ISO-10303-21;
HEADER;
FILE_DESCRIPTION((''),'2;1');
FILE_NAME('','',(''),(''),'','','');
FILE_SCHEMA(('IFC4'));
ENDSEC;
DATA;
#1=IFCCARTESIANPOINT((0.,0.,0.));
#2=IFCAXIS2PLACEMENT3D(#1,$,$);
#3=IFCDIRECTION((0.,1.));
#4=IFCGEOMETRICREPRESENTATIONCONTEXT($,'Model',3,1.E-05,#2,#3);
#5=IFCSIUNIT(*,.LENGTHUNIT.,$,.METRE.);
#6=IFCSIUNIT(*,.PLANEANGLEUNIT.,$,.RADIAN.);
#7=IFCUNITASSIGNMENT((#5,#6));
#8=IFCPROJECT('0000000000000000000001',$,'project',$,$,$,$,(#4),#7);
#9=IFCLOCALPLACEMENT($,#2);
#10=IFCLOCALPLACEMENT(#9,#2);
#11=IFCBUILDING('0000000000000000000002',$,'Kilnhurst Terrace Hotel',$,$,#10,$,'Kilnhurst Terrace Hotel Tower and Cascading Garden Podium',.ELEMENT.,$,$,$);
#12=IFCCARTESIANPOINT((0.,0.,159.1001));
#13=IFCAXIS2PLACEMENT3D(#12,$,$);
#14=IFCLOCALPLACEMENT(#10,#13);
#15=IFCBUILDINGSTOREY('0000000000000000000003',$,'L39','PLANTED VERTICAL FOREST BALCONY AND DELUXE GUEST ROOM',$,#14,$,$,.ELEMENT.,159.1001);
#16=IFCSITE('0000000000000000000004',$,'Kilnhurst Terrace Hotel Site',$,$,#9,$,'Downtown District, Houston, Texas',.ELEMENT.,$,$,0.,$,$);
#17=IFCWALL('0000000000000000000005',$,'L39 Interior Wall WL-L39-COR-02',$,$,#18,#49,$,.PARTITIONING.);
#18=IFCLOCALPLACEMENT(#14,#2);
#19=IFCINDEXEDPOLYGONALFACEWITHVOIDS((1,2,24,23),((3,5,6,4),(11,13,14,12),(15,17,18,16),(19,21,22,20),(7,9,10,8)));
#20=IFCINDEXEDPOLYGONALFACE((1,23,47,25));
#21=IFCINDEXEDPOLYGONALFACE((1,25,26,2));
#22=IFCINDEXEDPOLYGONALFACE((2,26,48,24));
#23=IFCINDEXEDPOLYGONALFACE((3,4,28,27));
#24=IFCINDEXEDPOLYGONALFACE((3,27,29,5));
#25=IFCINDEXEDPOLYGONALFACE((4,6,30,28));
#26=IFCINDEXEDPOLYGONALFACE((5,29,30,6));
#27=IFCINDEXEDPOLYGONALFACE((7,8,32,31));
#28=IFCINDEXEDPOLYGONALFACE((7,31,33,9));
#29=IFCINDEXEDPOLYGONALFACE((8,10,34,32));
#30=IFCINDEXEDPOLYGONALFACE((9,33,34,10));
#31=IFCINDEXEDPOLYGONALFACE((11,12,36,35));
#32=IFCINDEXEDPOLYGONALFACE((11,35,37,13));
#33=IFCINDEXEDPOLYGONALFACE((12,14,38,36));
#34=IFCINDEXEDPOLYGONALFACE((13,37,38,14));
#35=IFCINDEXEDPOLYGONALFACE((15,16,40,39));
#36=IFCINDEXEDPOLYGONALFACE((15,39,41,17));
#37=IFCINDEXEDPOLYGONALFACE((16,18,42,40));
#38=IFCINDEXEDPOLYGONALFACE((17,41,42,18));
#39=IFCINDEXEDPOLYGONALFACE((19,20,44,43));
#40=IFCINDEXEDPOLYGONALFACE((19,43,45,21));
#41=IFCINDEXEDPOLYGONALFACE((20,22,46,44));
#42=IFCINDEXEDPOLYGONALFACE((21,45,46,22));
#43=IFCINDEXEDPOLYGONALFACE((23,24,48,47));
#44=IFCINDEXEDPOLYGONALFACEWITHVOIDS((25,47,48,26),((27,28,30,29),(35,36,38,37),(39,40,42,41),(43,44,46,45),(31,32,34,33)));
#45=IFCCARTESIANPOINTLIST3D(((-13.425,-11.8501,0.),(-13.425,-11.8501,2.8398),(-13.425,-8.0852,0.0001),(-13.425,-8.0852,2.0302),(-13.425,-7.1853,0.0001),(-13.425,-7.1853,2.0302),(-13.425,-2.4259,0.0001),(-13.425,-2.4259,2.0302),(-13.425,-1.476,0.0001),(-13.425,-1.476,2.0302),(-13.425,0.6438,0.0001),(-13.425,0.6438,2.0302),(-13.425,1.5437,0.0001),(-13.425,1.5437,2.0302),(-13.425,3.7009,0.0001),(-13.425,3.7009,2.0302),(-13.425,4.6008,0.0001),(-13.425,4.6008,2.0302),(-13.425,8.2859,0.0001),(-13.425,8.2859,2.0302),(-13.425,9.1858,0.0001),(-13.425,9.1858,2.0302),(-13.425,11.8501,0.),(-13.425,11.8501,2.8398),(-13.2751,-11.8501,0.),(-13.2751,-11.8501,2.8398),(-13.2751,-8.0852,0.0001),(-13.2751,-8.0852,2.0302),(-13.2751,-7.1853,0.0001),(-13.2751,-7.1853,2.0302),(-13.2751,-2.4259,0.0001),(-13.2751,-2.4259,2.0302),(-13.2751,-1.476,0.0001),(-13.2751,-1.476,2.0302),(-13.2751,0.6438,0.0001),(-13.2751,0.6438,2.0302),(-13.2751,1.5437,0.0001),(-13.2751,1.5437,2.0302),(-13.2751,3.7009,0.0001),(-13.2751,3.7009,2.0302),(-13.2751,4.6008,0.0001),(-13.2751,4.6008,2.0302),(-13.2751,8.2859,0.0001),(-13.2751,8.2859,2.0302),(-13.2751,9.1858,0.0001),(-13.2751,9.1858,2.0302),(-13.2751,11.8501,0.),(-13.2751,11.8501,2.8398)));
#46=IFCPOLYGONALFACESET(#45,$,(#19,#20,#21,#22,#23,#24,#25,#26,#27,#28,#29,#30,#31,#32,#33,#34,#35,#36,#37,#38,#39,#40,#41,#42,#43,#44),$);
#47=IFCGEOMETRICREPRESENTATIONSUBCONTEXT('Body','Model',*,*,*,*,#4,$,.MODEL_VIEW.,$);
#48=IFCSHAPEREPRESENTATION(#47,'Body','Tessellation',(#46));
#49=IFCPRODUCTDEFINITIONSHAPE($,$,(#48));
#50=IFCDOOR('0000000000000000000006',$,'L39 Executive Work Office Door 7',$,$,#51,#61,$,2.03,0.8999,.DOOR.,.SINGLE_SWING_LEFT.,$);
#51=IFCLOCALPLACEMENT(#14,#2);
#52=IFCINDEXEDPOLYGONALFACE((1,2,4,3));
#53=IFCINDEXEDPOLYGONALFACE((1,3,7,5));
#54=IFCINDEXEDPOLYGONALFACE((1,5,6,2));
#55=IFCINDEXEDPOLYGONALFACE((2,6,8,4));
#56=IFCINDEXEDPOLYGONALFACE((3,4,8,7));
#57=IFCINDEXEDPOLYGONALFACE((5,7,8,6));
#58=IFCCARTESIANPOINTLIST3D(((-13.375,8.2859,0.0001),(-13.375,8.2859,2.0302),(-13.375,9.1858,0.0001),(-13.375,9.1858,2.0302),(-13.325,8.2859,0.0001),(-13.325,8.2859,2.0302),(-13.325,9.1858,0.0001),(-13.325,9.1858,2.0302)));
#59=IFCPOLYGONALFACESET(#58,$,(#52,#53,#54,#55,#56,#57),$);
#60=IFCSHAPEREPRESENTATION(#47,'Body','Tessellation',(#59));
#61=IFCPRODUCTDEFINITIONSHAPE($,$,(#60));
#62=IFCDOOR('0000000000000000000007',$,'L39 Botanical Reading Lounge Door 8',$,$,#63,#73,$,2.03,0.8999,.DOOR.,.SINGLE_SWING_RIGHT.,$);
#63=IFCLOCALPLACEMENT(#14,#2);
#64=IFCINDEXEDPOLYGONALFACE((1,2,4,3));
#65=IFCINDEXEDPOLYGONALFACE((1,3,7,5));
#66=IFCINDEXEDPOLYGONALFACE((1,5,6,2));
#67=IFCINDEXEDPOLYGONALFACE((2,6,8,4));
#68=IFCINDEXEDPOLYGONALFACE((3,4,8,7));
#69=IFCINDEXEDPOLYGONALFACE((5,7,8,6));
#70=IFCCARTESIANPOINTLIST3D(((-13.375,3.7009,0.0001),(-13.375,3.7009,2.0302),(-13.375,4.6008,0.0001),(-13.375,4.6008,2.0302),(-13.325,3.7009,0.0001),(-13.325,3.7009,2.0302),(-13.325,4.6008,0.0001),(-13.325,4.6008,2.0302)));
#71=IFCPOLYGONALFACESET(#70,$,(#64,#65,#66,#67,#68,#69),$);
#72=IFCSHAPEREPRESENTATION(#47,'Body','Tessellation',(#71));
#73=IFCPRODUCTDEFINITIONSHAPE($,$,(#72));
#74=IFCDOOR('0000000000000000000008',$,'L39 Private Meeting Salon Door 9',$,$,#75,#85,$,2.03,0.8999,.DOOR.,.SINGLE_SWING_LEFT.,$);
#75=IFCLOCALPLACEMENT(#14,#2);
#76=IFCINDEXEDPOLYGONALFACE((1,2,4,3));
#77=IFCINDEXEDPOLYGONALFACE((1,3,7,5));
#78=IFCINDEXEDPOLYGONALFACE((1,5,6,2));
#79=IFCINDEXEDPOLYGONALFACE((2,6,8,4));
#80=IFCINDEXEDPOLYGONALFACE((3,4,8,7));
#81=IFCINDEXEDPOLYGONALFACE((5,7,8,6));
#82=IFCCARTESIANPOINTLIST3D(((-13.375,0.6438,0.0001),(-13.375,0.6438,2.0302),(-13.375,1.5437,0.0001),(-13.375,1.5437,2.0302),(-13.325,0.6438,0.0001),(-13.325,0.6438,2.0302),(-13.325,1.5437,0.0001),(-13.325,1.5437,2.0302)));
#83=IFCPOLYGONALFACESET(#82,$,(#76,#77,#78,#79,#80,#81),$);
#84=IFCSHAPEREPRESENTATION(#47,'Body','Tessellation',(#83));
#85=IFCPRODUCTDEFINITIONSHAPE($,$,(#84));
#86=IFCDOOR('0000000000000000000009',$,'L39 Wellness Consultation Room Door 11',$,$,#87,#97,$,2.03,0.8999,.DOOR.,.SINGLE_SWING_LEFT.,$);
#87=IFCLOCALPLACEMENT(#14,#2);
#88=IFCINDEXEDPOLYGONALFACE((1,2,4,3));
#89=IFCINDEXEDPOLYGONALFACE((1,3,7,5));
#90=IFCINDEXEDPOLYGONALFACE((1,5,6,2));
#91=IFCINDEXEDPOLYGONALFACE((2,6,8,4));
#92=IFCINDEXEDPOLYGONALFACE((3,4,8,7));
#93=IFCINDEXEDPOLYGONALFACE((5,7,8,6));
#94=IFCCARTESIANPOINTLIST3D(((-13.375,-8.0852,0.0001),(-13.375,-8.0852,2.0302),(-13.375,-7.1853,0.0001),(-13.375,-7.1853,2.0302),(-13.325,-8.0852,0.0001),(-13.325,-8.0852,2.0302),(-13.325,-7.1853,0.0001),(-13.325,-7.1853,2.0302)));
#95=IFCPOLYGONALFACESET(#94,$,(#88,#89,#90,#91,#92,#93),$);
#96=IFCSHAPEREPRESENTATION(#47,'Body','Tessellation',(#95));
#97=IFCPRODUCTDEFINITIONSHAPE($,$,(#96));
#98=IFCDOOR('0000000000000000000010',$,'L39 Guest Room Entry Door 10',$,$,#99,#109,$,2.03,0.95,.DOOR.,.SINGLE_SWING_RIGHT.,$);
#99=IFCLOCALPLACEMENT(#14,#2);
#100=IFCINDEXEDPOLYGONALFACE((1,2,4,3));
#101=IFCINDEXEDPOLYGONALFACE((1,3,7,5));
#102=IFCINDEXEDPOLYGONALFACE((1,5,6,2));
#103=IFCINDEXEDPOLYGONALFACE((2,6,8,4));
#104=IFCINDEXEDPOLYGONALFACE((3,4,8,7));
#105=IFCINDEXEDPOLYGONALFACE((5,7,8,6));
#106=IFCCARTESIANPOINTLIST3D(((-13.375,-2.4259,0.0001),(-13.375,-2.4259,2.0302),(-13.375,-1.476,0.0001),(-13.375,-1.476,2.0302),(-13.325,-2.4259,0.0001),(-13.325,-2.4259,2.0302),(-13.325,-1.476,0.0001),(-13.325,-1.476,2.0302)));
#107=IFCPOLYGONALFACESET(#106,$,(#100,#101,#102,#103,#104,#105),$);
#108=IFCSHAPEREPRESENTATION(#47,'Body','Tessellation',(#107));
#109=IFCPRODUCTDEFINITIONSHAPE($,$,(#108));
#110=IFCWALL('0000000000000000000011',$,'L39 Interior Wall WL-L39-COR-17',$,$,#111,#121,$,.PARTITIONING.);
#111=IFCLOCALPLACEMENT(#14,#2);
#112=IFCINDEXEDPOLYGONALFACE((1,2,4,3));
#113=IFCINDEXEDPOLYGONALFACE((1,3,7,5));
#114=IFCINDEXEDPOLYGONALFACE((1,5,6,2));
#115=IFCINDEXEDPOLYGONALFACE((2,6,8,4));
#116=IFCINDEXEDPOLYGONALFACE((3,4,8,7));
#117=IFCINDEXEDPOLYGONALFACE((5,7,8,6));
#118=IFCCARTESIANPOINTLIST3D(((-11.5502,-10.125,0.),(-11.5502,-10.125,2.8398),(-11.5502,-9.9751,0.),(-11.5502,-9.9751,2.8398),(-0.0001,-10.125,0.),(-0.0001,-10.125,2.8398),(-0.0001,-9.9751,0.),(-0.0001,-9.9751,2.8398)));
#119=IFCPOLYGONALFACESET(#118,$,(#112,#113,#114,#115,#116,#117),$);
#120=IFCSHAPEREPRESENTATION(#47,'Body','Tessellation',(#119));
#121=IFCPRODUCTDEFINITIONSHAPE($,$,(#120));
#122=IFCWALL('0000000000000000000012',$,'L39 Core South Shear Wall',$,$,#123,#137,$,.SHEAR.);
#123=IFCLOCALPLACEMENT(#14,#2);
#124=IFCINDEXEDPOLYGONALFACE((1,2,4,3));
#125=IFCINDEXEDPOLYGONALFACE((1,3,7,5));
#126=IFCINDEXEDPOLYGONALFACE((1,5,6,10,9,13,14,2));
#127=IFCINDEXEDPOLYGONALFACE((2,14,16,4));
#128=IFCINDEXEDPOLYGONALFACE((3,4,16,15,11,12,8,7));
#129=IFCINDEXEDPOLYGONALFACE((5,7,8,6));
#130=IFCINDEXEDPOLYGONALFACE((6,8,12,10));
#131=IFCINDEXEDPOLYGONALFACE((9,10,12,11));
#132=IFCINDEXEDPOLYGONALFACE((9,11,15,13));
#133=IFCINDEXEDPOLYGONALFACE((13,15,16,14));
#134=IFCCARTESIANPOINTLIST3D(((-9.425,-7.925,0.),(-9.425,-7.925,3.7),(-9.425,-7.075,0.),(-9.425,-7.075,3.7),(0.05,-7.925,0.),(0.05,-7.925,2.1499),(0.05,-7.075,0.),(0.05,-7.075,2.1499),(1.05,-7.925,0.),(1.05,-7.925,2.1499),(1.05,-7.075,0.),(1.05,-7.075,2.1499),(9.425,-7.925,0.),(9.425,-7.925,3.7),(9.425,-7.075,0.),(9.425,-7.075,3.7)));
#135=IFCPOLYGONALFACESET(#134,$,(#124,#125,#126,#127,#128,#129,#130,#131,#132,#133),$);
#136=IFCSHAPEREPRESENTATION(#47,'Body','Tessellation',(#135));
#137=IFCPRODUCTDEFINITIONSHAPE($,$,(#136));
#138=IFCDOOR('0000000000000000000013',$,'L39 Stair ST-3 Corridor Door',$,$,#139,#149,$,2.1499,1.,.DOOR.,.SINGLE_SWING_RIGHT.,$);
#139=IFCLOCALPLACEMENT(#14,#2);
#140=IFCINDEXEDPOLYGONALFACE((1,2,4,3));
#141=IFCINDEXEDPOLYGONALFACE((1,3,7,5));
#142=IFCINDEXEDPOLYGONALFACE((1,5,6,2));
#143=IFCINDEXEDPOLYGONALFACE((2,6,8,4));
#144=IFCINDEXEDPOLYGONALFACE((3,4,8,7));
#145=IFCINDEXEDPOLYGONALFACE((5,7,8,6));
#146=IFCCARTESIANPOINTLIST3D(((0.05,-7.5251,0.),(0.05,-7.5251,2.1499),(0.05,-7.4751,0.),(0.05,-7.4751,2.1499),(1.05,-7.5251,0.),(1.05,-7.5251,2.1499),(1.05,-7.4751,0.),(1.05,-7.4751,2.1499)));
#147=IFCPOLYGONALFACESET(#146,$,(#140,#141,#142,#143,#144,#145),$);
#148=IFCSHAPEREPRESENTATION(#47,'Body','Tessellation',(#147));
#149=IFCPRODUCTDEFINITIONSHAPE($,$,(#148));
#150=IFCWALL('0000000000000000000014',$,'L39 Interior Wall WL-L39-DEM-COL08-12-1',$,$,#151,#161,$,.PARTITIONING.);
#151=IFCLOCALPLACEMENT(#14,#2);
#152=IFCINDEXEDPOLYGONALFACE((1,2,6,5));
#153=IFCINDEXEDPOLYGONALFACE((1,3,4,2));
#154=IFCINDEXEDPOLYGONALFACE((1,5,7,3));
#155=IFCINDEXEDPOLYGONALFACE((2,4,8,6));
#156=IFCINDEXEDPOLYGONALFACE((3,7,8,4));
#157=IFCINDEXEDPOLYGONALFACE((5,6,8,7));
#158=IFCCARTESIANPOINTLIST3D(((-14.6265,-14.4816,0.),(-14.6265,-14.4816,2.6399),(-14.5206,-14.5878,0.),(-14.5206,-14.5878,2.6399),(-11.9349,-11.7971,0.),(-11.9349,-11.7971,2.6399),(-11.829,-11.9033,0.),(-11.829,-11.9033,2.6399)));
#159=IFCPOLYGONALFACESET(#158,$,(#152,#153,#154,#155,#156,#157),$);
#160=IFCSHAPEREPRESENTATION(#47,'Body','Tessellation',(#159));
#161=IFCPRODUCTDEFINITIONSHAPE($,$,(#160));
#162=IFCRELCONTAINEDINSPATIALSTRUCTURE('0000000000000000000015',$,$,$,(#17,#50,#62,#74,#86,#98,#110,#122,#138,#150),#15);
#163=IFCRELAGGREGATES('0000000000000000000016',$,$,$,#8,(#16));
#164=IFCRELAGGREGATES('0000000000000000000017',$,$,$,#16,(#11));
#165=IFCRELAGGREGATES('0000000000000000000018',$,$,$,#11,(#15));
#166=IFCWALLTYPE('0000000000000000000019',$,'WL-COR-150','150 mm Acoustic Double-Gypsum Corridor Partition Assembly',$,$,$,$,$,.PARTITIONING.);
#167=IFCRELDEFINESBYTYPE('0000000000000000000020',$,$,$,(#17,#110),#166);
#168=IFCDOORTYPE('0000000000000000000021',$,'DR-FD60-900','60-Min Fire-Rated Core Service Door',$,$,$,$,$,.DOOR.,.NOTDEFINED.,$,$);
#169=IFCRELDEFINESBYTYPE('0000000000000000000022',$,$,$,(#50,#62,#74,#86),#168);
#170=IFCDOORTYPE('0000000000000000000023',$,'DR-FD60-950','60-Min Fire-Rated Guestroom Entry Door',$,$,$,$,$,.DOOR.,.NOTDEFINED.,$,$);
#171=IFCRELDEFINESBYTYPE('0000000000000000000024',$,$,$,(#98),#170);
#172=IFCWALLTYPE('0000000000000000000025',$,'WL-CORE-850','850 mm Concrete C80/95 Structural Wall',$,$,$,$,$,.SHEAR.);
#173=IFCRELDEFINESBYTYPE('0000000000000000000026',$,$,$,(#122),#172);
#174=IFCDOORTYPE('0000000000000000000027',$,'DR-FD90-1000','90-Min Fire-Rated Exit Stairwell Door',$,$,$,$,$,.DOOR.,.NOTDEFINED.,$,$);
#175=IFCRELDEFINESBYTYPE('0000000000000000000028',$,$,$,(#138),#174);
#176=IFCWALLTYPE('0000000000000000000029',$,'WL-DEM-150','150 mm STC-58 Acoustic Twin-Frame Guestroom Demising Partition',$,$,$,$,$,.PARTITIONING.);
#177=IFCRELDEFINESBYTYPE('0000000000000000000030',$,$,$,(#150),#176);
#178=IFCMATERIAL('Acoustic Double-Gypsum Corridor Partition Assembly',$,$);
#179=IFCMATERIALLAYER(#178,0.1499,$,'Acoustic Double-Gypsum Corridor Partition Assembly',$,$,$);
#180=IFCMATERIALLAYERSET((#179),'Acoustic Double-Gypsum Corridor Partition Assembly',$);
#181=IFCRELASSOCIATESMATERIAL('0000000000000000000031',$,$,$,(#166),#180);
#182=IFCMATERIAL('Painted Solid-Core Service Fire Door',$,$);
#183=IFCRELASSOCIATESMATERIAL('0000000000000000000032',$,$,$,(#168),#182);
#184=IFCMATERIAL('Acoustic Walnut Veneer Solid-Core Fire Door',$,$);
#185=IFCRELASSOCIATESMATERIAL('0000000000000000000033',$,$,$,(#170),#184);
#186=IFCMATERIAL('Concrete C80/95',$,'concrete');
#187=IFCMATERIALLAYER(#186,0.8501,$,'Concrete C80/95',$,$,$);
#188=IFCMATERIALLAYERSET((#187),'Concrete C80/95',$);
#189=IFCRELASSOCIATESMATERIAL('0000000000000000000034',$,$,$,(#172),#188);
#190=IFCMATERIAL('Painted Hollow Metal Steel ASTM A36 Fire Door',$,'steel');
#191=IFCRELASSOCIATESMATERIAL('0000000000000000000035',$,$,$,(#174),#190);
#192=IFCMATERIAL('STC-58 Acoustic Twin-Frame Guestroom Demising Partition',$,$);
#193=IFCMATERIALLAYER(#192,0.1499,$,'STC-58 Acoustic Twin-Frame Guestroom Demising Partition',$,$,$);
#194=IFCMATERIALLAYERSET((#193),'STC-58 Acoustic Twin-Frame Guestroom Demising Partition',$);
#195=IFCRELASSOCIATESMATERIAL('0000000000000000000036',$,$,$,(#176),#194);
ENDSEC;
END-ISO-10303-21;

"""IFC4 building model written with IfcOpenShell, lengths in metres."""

from ifc_helpers import new_model, si_unit, direction, frame, frame_2d, origin, place, context, subcontext, project, spatial, rectangle, extrude, material, layer, layer_set, type_object, element, fill, save


model = new_model("IFC4")

# Units and contexts
model_context = context("Model", 3, precision=1e-05, world=origin(), true_north=direction((0.0, 1.0)))
body_context = subcontext(model_context, "Body", "Model", "MODEL_VIEW")
ifc_project = project(units=[si_unit("LENGTHUNIT", "METRE"), si_unit("PLANEANGLEUNIT", "RADIAN")], contexts=[model_context])

# Site, building, storey
site_placement = place(None, origin())
site = spatial("IfcSite", under=ifc_project, at=site_placement, Name="Kilnhurst Terrace Hotel Site", LongName="Downtown District, Houston, Texas", CompositionType="ELEMENT", RefElevation=0.0)
building_placement = place(site_placement, origin())
building = spatial("IfcBuilding", under=site, at=building_placement, Name="Kilnhurst Terrace Hotel", LongName="Kilnhurst Terrace Hotel Tower and Cascading Garden Podium", CompositionType="ELEMENT")
storey_placement = place(building_placement, frame((0.0, 0.0, 159.1001)))
storey = spatial("IfcBuildingStorey", under=building, at=storey_placement, Name="L39", Description="PLANTED VERTICAL FOREST BALCONY AND DELUXE GUEST ROOM", CompositionType="ELEMENT", Elevation=159.1001)

# Shared definitions
ifc_material_1 = material(Name="Concrete C80/95", Category="concrete")

# Wall, openings, doors
ifc_material_2 = material(Name="Acoustic Double-Gypsum Corridor Partition Assembly")
ifc_layer_1 = layer(ifc_material_2, 0.1499, Name="Acoustic Double-Gypsum Corridor Partition Assembly")
ifc_layer_set_1 = layer_set([ifc_layer_1], Name="Acoustic Double-Gypsum Corridor Partition Assembly")
wall_type_1 = type_object("IfcWallType", Name="WL-COR-150", Description="150 mm Acoustic Double-Gypsum Corridor Partition Assembly", PredefinedType="PARTITIONING", material=ifc_layer_set_1)
wall_1_placement = place(storey_placement, frame((-13.3501, -11.8501, 0.0), z_axis=(0.0, 0.0, 1.0), x_axis=(0.0, 1.0, 0.0)))
wall_1 = element("IfcWall", 1, at=wall_1_placement, inside=storey, type_object=wall_type_1, Name="L39 Interior Wall WL-L39-COR-02", PredefinedType="PARTITIONING", context=body_context, shape_type="SweptSolid", body=[
    extrude(rectangle(XDim=23.7002, YDim=0.1499, at=frame_2d((11.8501, 0.0))), origin(), (0.0, 0.0, 1.0), 2.8398),
])
opening_1_placement = place(wall_1_placement, frame((20.136, 0.0, 0.0)))
opening_1 = element("IfcOpeningElement", 2, at=opening_1_placement, cuts=wall_1, PredefinedType="OPENING", context=body_context, shape_type="SweptSolid", body=[
    extrude(rectangle(XDim=0.8999, YDim=2.03, at=frame_2d((0.45, 1.0151))), frame((0.0, 0.085, 0.0), z_axis=(0.0, -1.0, 0.0), x_axis=(1.0, 0.0, 0.0)), (0.0, 0.0, 1.0), 0.1699),
])
opening_2_placement = place(wall_1_placement, frame((15.551, 0.0, 0.0)))
opening_2 = element("IfcOpeningElement", 3, at=opening_2_placement, cuts=wall_1, PredefinedType="OPENING", context=body_context, shape_type="SweptSolid", body=[
    extrude(rectangle(XDim=0.8999, YDim=2.03, at=frame_2d((0.45, 1.0151))), frame((0.0, 0.085, 0.0), z_axis=(0.0, -1.0, 0.0), x_axis=(1.0, 0.0, 0.0)), (0.0, 0.0, 1.0), 0.1699),
])
opening_3_placement = place(wall_1_placement, frame((12.4939, 0.0, 0.0)))
opening_3 = element("IfcOpeningElement", 4, at=opening_3_placement, cuts=wall_1, PredefinedType="OPENING", context=body_context, shape_type="SweptSolid", body=[
    extrude(rectangle(XDim=0.8999, YDim=2.03, at=frame_2d((0.45, 1.0151))), frame((0.0, 0.085, 0.0), z_axis=(0.0, -1.0, 0.0), x_axis=(1.0, 0.0, 0.0)), (0.0, 0.0, 1.0), 0.1699),
])
opening_4_placement = place(wall_1_placement, frame((9.4241, 0.0, 0.0)))
opening_4 = element("IfcOpeningElement", 5, at=opening_4_placement, cuts=wall_1, PredefinedType="OPENING", context=body_context, shape_type="SweptSolid", body=[
    extrude(rectangle(XDim=0.95, YDim=2.03, at=frame_2d((0.4751, 1.0151))), frame((0.0, 0.085, 0.0), z_axis=(0.0, -1.0, 0.0), x_axis=(1.0, 0.0, 0.0)), (0.0, 0.0, 1.0), 0.1699),
])
opening_5_placement = place(wall_1_placement, frame((3.7649, 0.0, 0.0)))
opening_5 = element("IfcOpeningElement", 6, at=opening_5_placement, cuts=wall_1, PredefinedType="OPENING", context=body_context, shape_type="SweptSolid", body=[
    extrude(rectangle(XDim=0.8999, YDim=2.03, at=frame_2d((0.45, 1.0151))), frame((0.0, 0.085, 0.0), z_axis=(0.0, -1.0, 0.0), x_axis=(1.0, 0.0, 0.0)), (0.0, 0.0, 1.0), 0.1699),
])
ifc_material_3 = material(Name="Painted Solid-Core Service Fire Door")
door_type_1 = type_object("IfcDoorType", Name="DR-FD60-900", Description="60-Min Fire-Rated Core Service Door", OperationType="NOTDEFINED", PredefinedType="DOOR", material=ifc_material_3)
door_1_placement = place(opening_1_placement, origin())
door_1 = element("IfcDoor", 7, at=door_1_placement, inside=storey, type_object=door_type_1, Name="L39 Executive Work Office Door 7", OperationType="SINGLE_SWING_LEFT", OverallHeight=2.03, OverallWidth=0.8999, PredefinedType="DOOR", context=body_context, shape_type="SweptSolid", body=[
    extrude(rectangle(XDim=0.8999, YDim=2.03, at=frame_2d((0.45, 1.0151))), frame((0.0, 0.0249, 0.0), z_axis=(0.0, -1.0, 0.0), x_axis=(1.0, 0.0, 0.0)), (0.0, 0.0, 1.0), 0.05),
])
fill(opening_1, door_1)
door_2_placement = place(opening_2_placement, origin())
door_2 = element("IfcDoor", 8, at=door_2_placement, inside=storey, type_object=door_type_1, Name="L39 Botanical Reading Lounge Door 8", OperationType="SINGLE_SWING_RIGHT", OverallHeight=2.03, OverallWidth=0.8999, PredefinedType="DOOR", context=body_context, shape_type="SweptSolid", body=[
    extrude(rectangle(XDim=0.8999, YDim=2.03, at=frame_2d((0.45, 1.0151))), frame((0.0, 0.0249, 0.0), z_axis=(0.0, -1.0, 0.0), x_axis=(1.0, 0.0, 0.0)), (0.0, 0.0, 1.0), 0.05),
])
fill(opening_2, door_2)
door_3_placement = place(opening_3_placement, origin())
door_3 = element("IfcDoor", 9, at=door_3_placement, inside=storey, type_object=door_type_1, Name="L39 Private Meeting Salon Door 9", OperationType="SINGLE_SWING_LEFT", OverallHeight=2.03, OverallWidth=0.8999, PredefinedType="DOOR", context=body_context, shape_type="SweptSolid", body=[
    extrude(rectangle(XDim=0.8999, YDim=2.03, at=frame_2d((0.45, 1.0151))), frame((0.0, 0.0249, 0.0), z_axis=(0.0, -1.0, 0.0), x_axis=(1.0, 0.0, 0.0)), (0.0, 0.0, 1.0), 0.05),
])
fill(opening_3, door_3)
door_4_placement = place(opening_5_placement, origin())
door_4 = element("IfcDoor", 10, at=door_4_placement, inside=storey, type_object=door_type_1, Name="L39 Wellness Consultation Room Door 11", OperationType="SINGLE_SWING_LEFT", OverallHeight=2.03, OverallWidth=0.8999, PredefinedType="DOOR", context=body_context, shape_type="SweptSolid", body=[
    extrude(rectangle(XDim=0.8999, YDim=2.03, at=frame_2d((0.45, 1.0151))), frame((0.0, 0.0249, 0.0), z_axis=(0.0, -1.0, 0.0), x_axis=(1.0, 0.0, 0.0)), (0.0, 0.0, 1.0), 0.05),
])
fill(opening_5, door_4)
ifc_material_4 = material(Name="Acoustic Walnut Veneer Solid-Core Fire Door")
door_type_2 = type_object("IfcDoorType", Name="DR-FD60-950", Description="60-Min Fire-Rated Guestroom Entry Door", OperationType="NOTDEFINED", PredefinedType="DOOR", material=ifc_material_4)
door_5_placement = place(opening_4_placement, origin())
door_5 = element("IfcDoor", 11, at=door_5_placement, inside=storey, type_object=door_type_2, Name="L39 Guest Room Entry Door 10", OperationType="SINGLE_SWING_RIGHT", OverallHeight=2.03, OverallWidth=0.95, PredefinedType="DOOR", context=body_context, shape_type="SweptSolid", body=[
    extrude(rectangle(XDim=0.95, YDim=2.03, at=frame_2d((0.4751, 1.0151))), frame((0.0, 0.0249, 0.0), z_axis=(0.0, -1.0, 0.0), x_axis=(1.0, 0.0, 0.0)), (0.0, 0.0, 1.0), 0.05),
])
fill(opening_4, door_5)

# Wall
wall_2_placement = place(storey_placement, frame((-11.55, -10.05, 0.0), z_axis=(0.0, 0.0, 1.0), x_axis=(1.0, 0.0, 0.0)))
element("IfcWall", 12, at=wall_2_placement, inside=storey, type_object=wall_type_1, Name="L39 Interior Wall WL-L39-COR-17", PredefinedType="PARTITIONING", context=body_context, shape_type="SweptSolid", body=[
    extrude(rectangle(XDim=11.55, YDim=0.1499, at=frame_2d((5.7749, 0.0))), origin(), (0.0, 0.0, 1.0), 2.8398),
])

# Wall, opening, door
ifc_layer_2 = layer(ifc_material_1, 0.8501, Name="Concrete C80/95")
ifc_layer_set_2 = layer_set([ifc_layer_2], Name="Concrete C80/95")
wall_type_2 = type_object("IfcWallType", Name="WL-CORE-850", Description="850 mm Concrete C80/95 Structural Wall", PredefinedType="SHEAR", material=ifc_layer_set_2)
wall_3_placement = place(storey_placement, frame((-9.425, -7.5, 0.0), z_axis=(0.0, 0.0, 1.0), x_axis=(1.0, 0.0, 0.0)))
wall_3 = element("IfcWall", 13, at=wall_3_placement, inside=storey, type_object=wall_type_2, Name="L39 Core South Shear Wall", PredefinedType="SHEAR", context=body_context, shape_type="SweptSolid", body=[
    extrude(rectangle(XDim=18.8501, YDim=0.8501, at=frame_2d((9.425, 0.0))), origin(), (0.0, 0.0, 1.0), 3.7),
])
opening_6_placement = place(wall_3_placement, frame((9.4751, 0.0, 0.0)))
opening_6 = element("IfcOpeningElement", 14, at=opening_6_placement, cuts=wall_3, PredefinedType="OPENING", context=body_context, shape_type="SweptSolid", body=[
    extrude(rectangle(XDim=1.0, YDim=2.1499, at=frame_2d((0.5, 1.075))), frame((0.0, 0.4351, 0.0), z_axis=(0.0, -1.0, 0.0), x_axis=(1.0, 0.0, 0.0)), (0.0, 0.0, 1.0), 0.8701),
])
ifc_material_5 = material(Name="Painted Hollow Metal Steel ASTM A36 Fire Door", Category="steel")
door_type_3 = type_object("IfcDoorType", Name="DR-FD90-1000", Description="90-Min Fire-Rated Exit Stairwell Door", OperationType="NOTDEFINED", PredefinedType="DOOR", material=ifc_material_5)
door_6_placement = place(opening_6_placement, origin())
door_6 = element("IfcDoor", 15, at=door_6_placement, inside=storey, type_object=door_type_3, Name="L39 Stair ST-3 Corridor Door", OperationType="SINGLE_SWING_RIGHT", OverallHeight=2.1499, OverallWidth=1.0, PredefinedType="DOOR", context=body_context, shape_type="SweptSolid", body=[
    extrude(rectangle(XDim=1.0, YDim=2.1499, at=frame_2d((0.5, 1.075))), frame((0.0, 0.0249, 0.0), z_axis=(0.0, -1.0, 0.0), x_axis=(1.0, 0.0, 0.0)), (0.0, 0.0, 1.0), 0.05),
])
fill(opening_6, door_6)

# Wall
ifc_material_6 = material(Name="STC-58 Acoustic Twin-Frame Guestroom Demising Partition")
ifc_layer_3 = layer(ifc_material_6, 0.1499, Name="STC-58 Acoustic Twin-Frame Guestroom Demising Partition")
ifc_layer_set_3 = layer_set([ifc_layer_3], Name="STC-58 Acoustic Twin-Frame Guestroom Demising Partition")
wall_type_3 = type_object("IfcWallType", Name="WL-DEM-150", Description="150 mm STC-58 Acoustic Twin-Frame Guestroom Demising Partition", PredefinedType="PARTITIONING", material=ifc_layer_set_3)
wall_4_placement = place(storey_placement, frame((-11.8818, -11.8501, 0.0), z_axis=(0.0, 0.0, 1.0), x_axis=(-0.708037, -0.706175, 0.0)))
element("IfcWall", 16, at=wall_4_placement, inside=storey, type_object=wall_type_3, Name="L39 Interior Wall WL-L39-DEM-COL08-12-1", PredefinedType="PARTITIONING", context=body_context, shape_type="SweptSolid", body=[
    extrude(rectangle(XDim=3.8015, YDim=0.1499, at=frame_2d((1.9009, 0.0))), origin(), (0.0, 0.0, 1.0), 2.6399),
])

save(model, "model.ifc")
